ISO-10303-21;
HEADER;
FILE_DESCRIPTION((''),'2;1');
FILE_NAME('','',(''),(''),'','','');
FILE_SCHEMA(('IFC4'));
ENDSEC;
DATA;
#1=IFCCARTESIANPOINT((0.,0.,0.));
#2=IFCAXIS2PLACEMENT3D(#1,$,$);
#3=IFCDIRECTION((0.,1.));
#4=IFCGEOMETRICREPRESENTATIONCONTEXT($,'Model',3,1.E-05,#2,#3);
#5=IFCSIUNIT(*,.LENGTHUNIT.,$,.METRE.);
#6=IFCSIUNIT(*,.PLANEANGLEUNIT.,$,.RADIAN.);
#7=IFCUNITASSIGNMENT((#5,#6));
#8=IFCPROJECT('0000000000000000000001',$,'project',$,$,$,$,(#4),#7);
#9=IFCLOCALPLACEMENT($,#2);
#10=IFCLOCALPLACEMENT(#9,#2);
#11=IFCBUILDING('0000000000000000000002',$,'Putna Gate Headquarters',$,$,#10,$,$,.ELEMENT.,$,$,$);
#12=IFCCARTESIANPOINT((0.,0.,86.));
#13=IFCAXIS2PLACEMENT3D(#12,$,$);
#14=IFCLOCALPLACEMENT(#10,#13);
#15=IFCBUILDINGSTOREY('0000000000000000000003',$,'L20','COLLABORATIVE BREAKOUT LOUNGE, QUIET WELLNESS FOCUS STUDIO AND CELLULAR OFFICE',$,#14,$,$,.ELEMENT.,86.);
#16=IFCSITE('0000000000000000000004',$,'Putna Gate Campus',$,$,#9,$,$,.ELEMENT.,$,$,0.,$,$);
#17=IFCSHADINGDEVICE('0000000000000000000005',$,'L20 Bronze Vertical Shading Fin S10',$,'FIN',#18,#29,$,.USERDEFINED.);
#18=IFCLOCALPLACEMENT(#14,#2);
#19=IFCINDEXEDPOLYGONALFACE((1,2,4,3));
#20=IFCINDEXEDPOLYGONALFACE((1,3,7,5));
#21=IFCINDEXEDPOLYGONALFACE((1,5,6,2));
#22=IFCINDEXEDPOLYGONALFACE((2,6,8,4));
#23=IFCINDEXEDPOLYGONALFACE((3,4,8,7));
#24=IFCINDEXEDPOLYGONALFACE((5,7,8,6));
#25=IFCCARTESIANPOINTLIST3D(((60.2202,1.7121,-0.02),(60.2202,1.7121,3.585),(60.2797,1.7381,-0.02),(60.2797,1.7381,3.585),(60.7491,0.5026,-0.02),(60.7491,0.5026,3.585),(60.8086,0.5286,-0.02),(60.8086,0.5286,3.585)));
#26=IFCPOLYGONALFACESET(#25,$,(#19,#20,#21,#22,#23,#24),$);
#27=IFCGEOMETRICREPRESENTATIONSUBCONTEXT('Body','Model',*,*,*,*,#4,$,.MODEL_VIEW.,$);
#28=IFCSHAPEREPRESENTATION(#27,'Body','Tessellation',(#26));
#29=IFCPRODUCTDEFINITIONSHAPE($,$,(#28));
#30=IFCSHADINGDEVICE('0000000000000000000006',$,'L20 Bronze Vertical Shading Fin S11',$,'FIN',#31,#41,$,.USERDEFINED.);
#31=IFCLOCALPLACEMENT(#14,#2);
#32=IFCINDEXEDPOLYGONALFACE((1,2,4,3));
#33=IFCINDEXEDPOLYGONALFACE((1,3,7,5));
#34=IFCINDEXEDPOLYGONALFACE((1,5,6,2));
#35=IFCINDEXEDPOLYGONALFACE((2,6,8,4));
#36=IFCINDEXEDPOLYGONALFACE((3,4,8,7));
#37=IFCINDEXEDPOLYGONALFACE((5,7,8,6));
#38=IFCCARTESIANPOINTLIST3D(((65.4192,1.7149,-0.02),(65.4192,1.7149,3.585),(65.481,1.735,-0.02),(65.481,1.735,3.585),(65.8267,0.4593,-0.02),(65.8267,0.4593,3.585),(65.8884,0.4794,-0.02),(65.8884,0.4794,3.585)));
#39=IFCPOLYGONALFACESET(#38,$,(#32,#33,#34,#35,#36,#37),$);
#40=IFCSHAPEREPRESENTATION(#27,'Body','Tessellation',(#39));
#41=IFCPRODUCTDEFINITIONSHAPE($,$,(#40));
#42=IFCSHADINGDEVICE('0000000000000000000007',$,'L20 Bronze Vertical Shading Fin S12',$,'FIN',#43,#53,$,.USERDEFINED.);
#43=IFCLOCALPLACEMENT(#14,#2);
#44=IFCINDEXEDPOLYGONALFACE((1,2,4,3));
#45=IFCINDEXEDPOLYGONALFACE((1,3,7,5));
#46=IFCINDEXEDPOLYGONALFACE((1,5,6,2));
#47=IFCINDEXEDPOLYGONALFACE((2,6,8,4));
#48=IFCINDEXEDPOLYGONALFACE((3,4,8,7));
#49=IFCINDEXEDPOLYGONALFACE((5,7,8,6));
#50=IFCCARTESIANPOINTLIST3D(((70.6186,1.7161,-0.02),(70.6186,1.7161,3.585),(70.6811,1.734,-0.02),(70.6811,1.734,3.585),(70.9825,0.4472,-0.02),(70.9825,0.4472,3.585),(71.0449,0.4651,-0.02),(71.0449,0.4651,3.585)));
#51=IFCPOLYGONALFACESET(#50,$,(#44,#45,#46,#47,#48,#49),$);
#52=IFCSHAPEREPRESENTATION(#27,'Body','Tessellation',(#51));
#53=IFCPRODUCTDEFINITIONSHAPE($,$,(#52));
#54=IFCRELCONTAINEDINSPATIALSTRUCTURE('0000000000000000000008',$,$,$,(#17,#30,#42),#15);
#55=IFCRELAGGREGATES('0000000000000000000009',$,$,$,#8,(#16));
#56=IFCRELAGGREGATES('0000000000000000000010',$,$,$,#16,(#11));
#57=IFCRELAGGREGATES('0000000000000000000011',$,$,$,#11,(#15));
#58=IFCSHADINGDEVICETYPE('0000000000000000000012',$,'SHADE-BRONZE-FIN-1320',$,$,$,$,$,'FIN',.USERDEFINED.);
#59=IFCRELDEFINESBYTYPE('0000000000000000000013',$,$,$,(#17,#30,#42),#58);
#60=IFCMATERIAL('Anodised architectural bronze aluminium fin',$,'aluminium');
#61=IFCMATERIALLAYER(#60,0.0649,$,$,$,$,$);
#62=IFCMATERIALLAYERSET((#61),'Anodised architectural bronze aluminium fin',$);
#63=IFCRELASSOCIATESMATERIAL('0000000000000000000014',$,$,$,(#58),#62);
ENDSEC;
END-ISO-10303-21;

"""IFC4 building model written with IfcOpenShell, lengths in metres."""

from ifc_helpers import new_model, si_unit, direction, frame, origin, origin_2d, place, context, subcontext, project, spatial, rectangle, extrude, material, layer, layer_set, type_object, element, save


model = new_model("IFC4")

# Units and contexts
model_context = context("Model", 3, precision=1e-05, world=origin(), true_north=direction((0.0, 1.0)))
body_context = subcontext(model_context, "Body", "Model", "MODEL_VIEW")
ifc_project = project(units=[si_unit("LENGTHUNIT", "METRE"), si_unit("PLANEANGLEUNIT", "RADIAN")], contexts=[model_context])

# Site, building, storey
site_placement = place(None, origin())
site = spatial("IfcSite", under=ifc_project, at=site_placement, Name="Putna Gate Campus", CompositionType="ELEMENT", RefElevation=0.0)
building_placement = place(site_placement, origin())
building = spatial("IfcBuilding", under=site, at=building_placement, Name="Putna Gate Headquarters", CompositionType="ELEMENT")
storey_placement = place(building_placement, frame((0.0, 0.0, 86.0)))
storey = spatial("IfcBuildingStorey", under=building, at=storey_placement, Name="L20", Description="COLLABORATIVE BREAKOUT LOUNGE, QUIET WELLNESS FOCUS STUDIO AND CELLULAR OFFICE", CompositionType="ELEMENT", Elevation=86.0)

# Shading devices
ifc_material_1 = material(Name="Anodised architectural bronze aluminium fin", Category="aluminium")
ifc_layer_1 = layer(ifc_material_1, 0.0649)
ifc_layer_set_1 = layer_set([ifc_layer_1], Name="Anodised architectural bronze aluminium fin")
shading_device_type = type_object("IfcShadingDeviceType", Name="SHADE-BRONZE-FIN-1320", ElementType="FIN", PredefinedType="USERDEFINED", material=ifc_layer_set_1)
for number, where, z_axis, x_axis, name in (
    (1, (60.5144, 1.1204, -0.02), (0.0, 0.0, 1.0), (0.400669, -0.916223, 0.0), "L20 Bronze Vertical Shading Fin S10"),
    (2, (65.6538, 1.0972, -0.02), (0.0, 0.0, 1.0), (0.308685, -0.951164, 0.0), "L20 Bronze Vertical Shading Fin S11"),
    (3, (70.8318, 1.0906, -0.02), (0.0, 0.0, 1.0), (0.275637, -0.961262, 0.0), "L20 Bronze Vertical Shading Fin S12"),
):
    element("IfcShadingDevice", number, at=place(storey_placement, frame(where, z_axis=z_axis, x_axis=x_axis)), inside=storey, type_object=shading_device_type, Name=name, ObjectType="FIN", PredefinedType="USERDEFINED", context=body_context, shape_type="SweptSolid", body=[
        extrude(rectangle(XDim=1.3201, YDim=0.0649, at=origin_2d()), origin(), (0.0, 0.0, 1.0), 3.605),
    ])

save(model, "model.ifc")
